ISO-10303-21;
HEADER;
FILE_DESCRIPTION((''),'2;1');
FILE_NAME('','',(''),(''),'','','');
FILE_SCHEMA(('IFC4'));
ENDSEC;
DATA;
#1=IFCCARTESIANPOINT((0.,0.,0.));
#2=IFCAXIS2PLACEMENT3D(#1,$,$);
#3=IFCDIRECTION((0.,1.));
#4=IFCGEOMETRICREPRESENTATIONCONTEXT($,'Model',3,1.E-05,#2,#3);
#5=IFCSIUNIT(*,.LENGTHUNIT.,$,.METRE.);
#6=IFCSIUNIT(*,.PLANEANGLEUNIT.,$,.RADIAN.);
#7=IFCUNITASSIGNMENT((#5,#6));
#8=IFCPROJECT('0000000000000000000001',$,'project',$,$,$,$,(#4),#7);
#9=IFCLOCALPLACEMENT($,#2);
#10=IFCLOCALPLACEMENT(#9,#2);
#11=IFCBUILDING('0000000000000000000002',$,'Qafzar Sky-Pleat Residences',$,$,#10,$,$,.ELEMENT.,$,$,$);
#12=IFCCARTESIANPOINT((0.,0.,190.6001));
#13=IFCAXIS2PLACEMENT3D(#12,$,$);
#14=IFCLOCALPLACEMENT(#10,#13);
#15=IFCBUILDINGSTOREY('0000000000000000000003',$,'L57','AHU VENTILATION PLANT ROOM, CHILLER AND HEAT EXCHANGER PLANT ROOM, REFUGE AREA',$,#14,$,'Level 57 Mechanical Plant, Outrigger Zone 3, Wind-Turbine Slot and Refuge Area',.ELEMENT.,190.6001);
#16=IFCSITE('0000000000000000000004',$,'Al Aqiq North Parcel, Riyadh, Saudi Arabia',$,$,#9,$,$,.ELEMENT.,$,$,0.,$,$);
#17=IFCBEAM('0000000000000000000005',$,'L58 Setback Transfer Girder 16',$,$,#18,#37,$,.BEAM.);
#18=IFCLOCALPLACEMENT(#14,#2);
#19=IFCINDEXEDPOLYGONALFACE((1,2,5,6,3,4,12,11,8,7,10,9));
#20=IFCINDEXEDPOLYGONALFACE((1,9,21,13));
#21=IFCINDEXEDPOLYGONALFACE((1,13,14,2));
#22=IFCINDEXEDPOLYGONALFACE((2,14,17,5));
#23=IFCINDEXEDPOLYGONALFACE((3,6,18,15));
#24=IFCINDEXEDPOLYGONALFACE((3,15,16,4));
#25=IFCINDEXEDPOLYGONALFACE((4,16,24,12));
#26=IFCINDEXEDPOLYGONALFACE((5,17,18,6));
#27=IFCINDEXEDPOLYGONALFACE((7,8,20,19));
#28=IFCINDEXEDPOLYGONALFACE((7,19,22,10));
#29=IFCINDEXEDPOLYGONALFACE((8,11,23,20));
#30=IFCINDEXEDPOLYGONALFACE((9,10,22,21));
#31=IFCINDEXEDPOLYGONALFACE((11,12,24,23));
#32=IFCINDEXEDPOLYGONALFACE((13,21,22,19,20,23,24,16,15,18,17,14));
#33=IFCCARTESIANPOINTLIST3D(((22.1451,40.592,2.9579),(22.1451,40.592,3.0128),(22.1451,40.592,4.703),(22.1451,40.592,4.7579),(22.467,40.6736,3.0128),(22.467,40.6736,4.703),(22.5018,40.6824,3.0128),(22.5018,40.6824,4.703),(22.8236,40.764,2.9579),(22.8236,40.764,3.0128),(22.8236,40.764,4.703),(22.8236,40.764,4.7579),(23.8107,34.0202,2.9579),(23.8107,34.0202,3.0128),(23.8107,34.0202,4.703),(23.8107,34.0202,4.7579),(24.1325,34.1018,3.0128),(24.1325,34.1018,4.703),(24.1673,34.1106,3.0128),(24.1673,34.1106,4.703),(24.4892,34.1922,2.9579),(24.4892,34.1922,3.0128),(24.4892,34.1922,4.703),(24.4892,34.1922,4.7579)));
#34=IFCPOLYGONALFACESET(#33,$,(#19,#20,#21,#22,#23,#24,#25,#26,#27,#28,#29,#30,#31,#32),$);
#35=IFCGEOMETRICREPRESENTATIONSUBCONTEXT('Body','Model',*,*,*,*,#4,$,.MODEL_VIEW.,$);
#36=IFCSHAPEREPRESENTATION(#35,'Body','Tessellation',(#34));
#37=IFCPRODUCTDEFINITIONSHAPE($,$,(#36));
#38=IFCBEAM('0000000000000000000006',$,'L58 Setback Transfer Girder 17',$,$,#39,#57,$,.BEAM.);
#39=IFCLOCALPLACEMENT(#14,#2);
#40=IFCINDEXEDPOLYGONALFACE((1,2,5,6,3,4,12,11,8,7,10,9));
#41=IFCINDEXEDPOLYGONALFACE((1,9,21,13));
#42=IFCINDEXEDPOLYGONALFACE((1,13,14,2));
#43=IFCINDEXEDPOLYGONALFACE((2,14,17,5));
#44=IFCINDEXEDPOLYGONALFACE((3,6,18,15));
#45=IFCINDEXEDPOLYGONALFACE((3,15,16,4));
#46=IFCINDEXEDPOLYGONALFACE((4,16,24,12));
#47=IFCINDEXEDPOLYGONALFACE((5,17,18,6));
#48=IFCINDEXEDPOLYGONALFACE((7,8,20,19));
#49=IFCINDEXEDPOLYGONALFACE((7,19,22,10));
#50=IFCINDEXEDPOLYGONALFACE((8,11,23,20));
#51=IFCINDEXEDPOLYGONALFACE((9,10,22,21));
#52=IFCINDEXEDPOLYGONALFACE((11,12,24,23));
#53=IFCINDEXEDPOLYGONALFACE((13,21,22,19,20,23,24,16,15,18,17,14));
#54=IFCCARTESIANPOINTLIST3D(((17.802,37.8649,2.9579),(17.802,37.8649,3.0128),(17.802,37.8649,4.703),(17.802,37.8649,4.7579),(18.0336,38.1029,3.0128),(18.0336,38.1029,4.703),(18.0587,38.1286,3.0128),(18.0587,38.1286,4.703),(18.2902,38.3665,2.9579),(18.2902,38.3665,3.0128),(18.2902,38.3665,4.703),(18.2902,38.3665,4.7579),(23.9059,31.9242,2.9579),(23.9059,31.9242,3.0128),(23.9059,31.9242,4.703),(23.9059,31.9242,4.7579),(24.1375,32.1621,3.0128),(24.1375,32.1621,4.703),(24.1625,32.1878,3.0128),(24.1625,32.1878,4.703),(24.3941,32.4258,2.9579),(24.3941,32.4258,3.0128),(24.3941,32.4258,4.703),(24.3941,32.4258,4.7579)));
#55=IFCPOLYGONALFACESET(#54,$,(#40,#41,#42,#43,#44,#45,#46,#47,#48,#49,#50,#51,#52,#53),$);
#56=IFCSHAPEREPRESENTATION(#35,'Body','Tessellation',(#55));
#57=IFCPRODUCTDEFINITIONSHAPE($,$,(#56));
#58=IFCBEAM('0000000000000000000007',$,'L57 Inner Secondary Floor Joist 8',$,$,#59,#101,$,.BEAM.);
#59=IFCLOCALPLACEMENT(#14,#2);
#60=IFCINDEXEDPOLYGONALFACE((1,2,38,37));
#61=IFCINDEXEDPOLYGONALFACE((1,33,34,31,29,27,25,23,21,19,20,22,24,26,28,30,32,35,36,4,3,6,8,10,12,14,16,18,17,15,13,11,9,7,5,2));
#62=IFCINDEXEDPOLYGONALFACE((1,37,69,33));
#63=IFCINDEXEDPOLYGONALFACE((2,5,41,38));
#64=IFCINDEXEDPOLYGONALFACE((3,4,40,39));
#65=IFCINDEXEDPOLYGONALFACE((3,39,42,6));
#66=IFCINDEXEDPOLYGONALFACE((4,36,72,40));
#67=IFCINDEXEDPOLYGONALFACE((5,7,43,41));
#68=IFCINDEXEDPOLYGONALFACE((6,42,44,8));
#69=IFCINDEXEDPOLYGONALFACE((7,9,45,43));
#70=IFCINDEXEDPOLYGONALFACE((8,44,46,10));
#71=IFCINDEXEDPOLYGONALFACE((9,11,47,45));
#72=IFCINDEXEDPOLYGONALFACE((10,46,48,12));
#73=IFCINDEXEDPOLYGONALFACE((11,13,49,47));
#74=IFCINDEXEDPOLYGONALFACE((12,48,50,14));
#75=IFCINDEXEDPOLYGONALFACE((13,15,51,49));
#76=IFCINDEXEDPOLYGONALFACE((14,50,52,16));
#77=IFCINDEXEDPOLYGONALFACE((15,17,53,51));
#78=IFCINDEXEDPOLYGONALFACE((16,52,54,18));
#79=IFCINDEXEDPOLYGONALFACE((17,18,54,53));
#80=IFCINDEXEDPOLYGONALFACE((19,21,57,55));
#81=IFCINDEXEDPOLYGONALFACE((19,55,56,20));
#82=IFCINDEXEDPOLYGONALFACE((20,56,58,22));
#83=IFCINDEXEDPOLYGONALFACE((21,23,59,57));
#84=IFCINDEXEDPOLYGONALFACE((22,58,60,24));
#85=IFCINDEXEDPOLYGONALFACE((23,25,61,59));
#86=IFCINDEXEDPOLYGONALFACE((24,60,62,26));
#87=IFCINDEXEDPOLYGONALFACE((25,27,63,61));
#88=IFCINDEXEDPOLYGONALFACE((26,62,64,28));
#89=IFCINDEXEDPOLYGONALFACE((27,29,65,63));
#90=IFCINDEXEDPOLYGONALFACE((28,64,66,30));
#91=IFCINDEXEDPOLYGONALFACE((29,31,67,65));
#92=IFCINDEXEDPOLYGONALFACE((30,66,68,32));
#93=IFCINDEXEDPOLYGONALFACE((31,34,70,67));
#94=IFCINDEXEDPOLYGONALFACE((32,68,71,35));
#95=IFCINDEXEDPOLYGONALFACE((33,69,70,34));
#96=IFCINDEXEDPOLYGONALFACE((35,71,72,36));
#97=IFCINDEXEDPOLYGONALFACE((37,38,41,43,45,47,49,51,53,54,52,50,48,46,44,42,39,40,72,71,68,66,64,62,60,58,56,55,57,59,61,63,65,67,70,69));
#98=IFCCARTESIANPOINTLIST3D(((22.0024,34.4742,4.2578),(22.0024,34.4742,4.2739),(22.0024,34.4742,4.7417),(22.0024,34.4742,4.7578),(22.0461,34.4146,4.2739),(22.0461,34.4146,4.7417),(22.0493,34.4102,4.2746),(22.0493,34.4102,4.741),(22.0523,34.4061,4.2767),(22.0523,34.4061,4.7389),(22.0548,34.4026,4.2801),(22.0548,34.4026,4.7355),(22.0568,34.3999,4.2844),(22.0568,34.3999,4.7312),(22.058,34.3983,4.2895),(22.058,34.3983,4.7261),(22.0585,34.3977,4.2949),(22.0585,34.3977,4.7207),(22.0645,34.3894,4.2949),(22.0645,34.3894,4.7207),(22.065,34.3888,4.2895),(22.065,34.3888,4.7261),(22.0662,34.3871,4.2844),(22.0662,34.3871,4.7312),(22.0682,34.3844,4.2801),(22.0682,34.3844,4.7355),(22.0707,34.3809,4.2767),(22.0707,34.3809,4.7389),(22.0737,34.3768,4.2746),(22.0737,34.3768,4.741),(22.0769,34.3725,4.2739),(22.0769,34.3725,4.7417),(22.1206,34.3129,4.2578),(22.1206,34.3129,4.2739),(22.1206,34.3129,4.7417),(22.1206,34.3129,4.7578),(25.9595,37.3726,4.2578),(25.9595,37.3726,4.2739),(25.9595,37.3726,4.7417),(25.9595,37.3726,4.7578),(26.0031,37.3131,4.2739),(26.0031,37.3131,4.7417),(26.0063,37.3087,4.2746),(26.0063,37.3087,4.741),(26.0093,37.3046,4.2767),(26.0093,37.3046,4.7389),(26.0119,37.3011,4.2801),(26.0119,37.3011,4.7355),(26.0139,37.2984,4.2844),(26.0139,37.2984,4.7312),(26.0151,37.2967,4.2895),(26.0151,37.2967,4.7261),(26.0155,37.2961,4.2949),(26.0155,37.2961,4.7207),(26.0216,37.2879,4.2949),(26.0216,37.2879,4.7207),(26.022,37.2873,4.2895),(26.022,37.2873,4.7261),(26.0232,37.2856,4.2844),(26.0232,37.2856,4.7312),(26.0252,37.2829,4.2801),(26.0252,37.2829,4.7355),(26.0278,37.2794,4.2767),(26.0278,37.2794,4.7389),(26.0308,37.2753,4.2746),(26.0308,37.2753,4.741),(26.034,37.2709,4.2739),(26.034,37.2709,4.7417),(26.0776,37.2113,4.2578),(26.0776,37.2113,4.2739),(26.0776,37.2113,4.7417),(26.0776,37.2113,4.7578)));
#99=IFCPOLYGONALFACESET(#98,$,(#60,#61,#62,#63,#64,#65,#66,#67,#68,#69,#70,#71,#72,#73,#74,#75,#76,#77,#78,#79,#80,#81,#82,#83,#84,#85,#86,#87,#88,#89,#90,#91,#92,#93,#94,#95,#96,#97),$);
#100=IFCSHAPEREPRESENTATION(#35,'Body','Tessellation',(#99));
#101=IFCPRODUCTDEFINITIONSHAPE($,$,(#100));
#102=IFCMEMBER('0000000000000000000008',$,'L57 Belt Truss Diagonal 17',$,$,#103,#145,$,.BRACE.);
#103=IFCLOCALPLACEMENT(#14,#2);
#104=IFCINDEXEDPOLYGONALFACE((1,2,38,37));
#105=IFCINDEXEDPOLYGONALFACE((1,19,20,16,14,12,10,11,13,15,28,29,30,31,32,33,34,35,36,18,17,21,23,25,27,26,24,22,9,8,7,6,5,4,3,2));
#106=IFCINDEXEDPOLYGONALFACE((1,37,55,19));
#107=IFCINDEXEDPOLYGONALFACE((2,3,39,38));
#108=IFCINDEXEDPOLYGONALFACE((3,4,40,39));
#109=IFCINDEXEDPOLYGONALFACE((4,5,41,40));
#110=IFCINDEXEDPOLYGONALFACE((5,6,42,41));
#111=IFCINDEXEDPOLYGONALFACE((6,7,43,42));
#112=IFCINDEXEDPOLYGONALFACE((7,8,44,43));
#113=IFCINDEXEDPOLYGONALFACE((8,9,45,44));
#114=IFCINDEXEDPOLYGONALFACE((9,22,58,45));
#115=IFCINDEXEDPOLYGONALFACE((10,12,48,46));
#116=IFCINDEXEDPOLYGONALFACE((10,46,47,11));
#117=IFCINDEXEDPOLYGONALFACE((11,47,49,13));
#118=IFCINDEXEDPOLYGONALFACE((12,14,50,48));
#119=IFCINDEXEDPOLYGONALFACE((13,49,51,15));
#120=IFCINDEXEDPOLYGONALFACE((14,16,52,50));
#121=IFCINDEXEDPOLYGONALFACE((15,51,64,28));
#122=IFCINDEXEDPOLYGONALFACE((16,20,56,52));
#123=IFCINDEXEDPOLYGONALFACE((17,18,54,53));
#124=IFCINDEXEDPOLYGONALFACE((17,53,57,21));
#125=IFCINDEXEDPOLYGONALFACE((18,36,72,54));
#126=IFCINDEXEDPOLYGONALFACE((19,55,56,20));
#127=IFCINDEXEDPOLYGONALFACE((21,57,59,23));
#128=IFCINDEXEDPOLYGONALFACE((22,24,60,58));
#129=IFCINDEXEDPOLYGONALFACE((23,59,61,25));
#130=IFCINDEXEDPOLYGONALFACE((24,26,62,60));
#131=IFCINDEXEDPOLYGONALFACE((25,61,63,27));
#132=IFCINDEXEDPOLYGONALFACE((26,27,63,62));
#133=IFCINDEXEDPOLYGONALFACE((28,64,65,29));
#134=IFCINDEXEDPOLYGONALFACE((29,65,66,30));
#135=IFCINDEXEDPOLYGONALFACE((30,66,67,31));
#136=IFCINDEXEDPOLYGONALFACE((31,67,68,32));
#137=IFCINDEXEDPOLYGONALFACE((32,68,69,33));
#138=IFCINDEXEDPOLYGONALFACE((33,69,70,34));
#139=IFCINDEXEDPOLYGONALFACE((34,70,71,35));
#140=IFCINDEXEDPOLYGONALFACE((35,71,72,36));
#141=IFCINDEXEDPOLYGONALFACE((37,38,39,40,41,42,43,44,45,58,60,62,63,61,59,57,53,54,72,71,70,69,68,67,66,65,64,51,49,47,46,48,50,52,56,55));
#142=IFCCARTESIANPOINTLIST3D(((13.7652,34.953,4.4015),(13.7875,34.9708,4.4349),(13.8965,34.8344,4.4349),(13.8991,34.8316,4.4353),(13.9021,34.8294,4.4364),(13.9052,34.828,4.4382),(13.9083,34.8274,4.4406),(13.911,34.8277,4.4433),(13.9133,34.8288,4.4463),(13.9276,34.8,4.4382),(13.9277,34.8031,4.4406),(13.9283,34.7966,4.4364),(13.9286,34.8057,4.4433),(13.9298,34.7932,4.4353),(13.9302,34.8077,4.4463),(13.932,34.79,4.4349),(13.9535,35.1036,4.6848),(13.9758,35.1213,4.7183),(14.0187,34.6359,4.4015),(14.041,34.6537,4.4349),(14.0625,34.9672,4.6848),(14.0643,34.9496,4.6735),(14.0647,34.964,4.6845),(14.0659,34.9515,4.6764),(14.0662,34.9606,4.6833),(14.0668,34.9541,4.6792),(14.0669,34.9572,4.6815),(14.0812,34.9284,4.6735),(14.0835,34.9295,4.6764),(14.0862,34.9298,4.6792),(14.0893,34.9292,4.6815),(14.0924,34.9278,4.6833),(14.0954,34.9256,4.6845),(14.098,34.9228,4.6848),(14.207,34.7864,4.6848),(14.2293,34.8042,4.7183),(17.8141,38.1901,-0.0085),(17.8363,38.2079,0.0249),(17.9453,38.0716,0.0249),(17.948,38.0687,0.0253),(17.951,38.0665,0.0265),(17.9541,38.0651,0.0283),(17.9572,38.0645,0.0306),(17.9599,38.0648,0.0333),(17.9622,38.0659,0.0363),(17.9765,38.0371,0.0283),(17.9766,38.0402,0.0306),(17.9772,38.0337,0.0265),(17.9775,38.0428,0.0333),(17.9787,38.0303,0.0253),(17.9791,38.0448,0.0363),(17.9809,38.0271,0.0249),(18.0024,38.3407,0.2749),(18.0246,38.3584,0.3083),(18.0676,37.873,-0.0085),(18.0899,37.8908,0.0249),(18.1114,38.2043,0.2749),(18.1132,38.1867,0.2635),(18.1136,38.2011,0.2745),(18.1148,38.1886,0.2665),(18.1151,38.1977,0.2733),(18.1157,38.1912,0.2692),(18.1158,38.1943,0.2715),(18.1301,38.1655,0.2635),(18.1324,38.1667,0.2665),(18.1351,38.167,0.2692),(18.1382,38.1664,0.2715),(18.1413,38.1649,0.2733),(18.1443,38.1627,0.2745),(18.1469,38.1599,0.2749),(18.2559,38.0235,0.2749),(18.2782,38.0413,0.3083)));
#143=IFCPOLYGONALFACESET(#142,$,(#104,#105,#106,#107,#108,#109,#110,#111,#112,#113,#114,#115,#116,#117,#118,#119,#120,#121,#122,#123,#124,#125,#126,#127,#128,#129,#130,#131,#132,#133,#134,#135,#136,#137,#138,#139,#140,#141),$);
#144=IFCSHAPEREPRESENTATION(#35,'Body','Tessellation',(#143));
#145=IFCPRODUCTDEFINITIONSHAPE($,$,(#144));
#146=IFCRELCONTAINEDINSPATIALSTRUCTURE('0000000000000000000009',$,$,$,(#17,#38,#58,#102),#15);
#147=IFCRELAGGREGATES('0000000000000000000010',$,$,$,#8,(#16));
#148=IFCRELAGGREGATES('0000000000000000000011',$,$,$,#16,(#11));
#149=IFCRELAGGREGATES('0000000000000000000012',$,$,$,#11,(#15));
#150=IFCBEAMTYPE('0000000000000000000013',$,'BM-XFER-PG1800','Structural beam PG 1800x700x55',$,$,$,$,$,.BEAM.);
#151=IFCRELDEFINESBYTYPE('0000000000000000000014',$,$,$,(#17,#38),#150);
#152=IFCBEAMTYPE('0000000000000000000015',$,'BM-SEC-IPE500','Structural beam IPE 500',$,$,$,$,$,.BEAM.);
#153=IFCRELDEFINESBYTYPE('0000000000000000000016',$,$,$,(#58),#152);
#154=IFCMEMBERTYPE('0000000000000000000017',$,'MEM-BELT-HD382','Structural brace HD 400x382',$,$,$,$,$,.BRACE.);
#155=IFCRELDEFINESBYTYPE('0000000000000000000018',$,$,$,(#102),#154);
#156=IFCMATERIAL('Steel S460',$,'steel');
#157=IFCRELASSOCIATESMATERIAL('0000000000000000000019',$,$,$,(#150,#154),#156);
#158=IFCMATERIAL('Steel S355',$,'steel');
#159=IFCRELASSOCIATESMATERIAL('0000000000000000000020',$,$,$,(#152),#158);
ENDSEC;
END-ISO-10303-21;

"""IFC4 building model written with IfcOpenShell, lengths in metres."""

from ifc_helpers import new_model, si_unit, direction, frame, origin, origin_2d, place, context, subcontext, project, spatial, i_section, extrude, source, transform, mapped, material, material_profile, profile_set, type_object, element, save


model = new_model("IFC4")

# Units and contexts
model_context = context("Model", 3, precision=1e-05, world=origin(), true_north=direction((0.0, 1.0)))
body_context = subcontext(model_context, "Body", "Model", "MODEL_VIEW")
ifc_project = project(units=[si_unit("LENGTHUNIT", "METRE"), si_unit("PLANEANGLEUNIT", "RADIAN")], contexts=[model_context])

# Site, building, storey
site_placement = place(None, origin())
site = spatial("IfcSite", under=ifc_project, at=site_placement, Name="Al Aqiq North Parcel, Riyadh, Saudi Arabia", CompositionType="ELEMENT", RefElevation=0.0)
building_placement = place(site_placement, origin())
building = spatial("IfcBuilding", under=site, at=building_placement, Name="Qafzar Sky-Pleat Residences", CompositionType="ELEMENT")
storey_placement = place(building_placement, frame((0.0, 0.0, 190.6001)))
storey = spatial("IfcBuildingStorey", under=building, at=storey_placement, Name="L57", Description="AHU VENTILATION PLANT ROOM, CHILLER AND HEAT EXCHANGER PLANT ROOM, REFUGE AREA", LongName="Level 57 Mechanical Plant, Outrigger Zone 3, Wind-Turbine Slot and Refuge Area", CompositionType="ELEMENT", Elevation=190.6001)

# Shared definitions
ifc_material_1 = material(Name="Steel S355", Category="steel")

# Beams
ifc_material_2 = material(Name="Steel S460", Category="steel")
ifc_material_profile_1 = material_profile(ifc_material_2, i_section(OverallWidth=0.7, OverallDepth=1.8, WebThickness=0.0359, FlangeThickness=0.0549, at=origin_2d()), Name="PG 1800x700x55")
ifc_profile_set_1 = profile_set([ifc_material_profile_1], Name="Steel S460")
beam_type_1 = type_object("IfcBeamType", Name="BM-XFER-PG1800", Description="Structural beam PG 1800x700x55", PredefinedType="BEAM", material=ifc_profile_set_1)
shared_shape_1 = source(origin(), body_context, "Body", "SweptSolid", [
    extrude(i_section(OverallWidth=0.7, OverallDepth=1.8, WebThickness=0.0359, FlangeThickness=0.0549, at=origin_2d()), origin(), (0.0, 0.0, 1.0), 6.7795),
])
beam_1_placement = place(storey_placement, frame((22.4844, 40.678, 3.8579), z_axis=(0.245669, -0.969354, 0.0), x_axis=(0.969354, 0.245669, 0.0)))
element("IfcBeam", 1, at=beam_1_placement, inside=storey, type_object=beam_type_1, Name="L58 Setback Transfer Girder 16", PredefinedType="BEAM", context=body_context, shape_type="MappedRepresentation", body=[
    mapped(shared_shape_1, transform((0.0, 0.0, 0.0), x_axis=(1.0, 0.0, 0.0), y_axis=(0.0, 1.0, 0.0), z_axis=(0.0, 0.0, 1.0), scale=1.0)),
])
shared_shape_2 = source(origin(), body_context, "Body", "SweptSolid", [
    extrude(i_section(OverallWidth=0.7, OverallDepth=1.8, WebThickness=0.0359, FlangeThickness=0.0549, at=origin_2d()), origin(), (0.0, 0.0, 1.0), 8.5176),
])
beam_2_placement = place(storey_placement, frame((18.0461, 38.1157, 3.8579), z_axis=(0.716616, -0.697468, 0.0), x_axis=(0.697468, 0.716616, 0.0)))
element("IfcBeam", 2, at=beam_2_placement, inside=storey, type_object=beam_type_1, Name="L58 Setback Transfer Girder 17", PredefinedType="BEAM", context=body_context, shape_type="MappedRepresentation", body=[
    mapped(shared_shape_2, transform((0.0, 0.0, 0.0), x_axis=(1.0, 0.0, 0.0), y_axis=(0.0, 1.0, 0.0), z_axis=(0.0, 0.0, 1.0), scale=1.0)),
])
ifc_material_profile_2 = material_profile(ifc_material_1, i_section(OverallWidth=0.2, OverallDepth=0.5, WebThickness=0.0103, FlangeThickness=0.0161, FilletRadius=0.021, at=origin_2d()), Name="IPE 500")
ifc_profile_set_2 = profile_set([ifc_material_profile_2], Name="Steel S355")
beam_type_2 = type_object("IfcBeamType", Name="BM-SEC-IPE500", Description="Structural beam IPE 500", PredefinedType="BEAM", material=ifc_profile_set_2)
shared_shape_3 = source(origin(), body_context, "Body", "SweptSolid", [
    extrude(i_section(OverallWidth=0.2, OverallDepth=0.5, WebThickness=0.0103, FlangeThickness=0.0161, FilletRadius=0.021, at=origin_2d()), origin(), (0.0, 0.0, 1.0), 4.905),
])
beam_3_placement = place(storey_placement, frame((26.0186, 37.292, 4.5078), z_axis=(-0.806734, -0.590915, 0.0), x_axis=(0.590915, -0.806734, 0.0)))
element("IfcBeam", 3, at=beam_3_placement, inside=storey, type_object=beam_type_2, Name="L57 Inner Secondary Floor Joist 8", PredefinedType="BEAM", context=body_context, shape_type="MappedRepresentation", body=[
    mapped(shared_shape_3, transform((0.0, 0.0, 0.0), x_axis=(1.0, 0.0, 0.0), y_axis=(0.0, 1.0, 0.0), z_axis=(0.0, 0.0, 1.0), scale=1.0)),
])

# Member
ifc_material_profile_3 = material_profile(ifc_material_2, i_section(OverallWidth=0.406, OverallDepth=0.416, WebThickness=0.0271, FlangeThickness=0.0439, FilletRadius=0.0149, at=origin_2d()), Name="HD 400x382")
ifc_profile_set_3 = profile_set([ifc_material_profile_3], Name="Steel S460")
member_type = type_object("IfcMemberType", Name="MEM-BELT-HD382", Description="Structural brace HD 400x382", PredefinedType="BRACE", material=ifc_profile_set_3)
shared_shape_4 = source(origin(), body_context, "Body", "SweptSolid", [
    extrude(i_section(OverallWidth=0.406, OverallDepth=0.416, WebThickness=0.0271, FlangeThickness=0.0439, FilletRadius=0.0149, at=origin_2d()), origin(), (0.0, 0.0, 1.0), 6.8059),
])
member_1_placement = place(storey_placement, frame((18.0461, 38.1157, 0.1499), z_axis=(-0.594909, -0.475633, 0.647964), x_axis=(0.62446, -0.781057, 0.0)))
element("IfcMember", 4, at=member_1_placement, inside=storey, type_object=member_type, Name="L57 Belt Truss Diagonal 17", PredefinedType="BRACE", context=body_context, shape_type="MappedRepresentation", body=[
    mapped(shared_shape_4, transform((0.0, 0.0, 0.0), x_axis=(1.0, 0.0, 0.0), y_axis=(0.0, 1.0, 0.0), z_axis=(0.0, 0.0, 1.0), scale=1.0)),
])

save(model, "model.ifc")
